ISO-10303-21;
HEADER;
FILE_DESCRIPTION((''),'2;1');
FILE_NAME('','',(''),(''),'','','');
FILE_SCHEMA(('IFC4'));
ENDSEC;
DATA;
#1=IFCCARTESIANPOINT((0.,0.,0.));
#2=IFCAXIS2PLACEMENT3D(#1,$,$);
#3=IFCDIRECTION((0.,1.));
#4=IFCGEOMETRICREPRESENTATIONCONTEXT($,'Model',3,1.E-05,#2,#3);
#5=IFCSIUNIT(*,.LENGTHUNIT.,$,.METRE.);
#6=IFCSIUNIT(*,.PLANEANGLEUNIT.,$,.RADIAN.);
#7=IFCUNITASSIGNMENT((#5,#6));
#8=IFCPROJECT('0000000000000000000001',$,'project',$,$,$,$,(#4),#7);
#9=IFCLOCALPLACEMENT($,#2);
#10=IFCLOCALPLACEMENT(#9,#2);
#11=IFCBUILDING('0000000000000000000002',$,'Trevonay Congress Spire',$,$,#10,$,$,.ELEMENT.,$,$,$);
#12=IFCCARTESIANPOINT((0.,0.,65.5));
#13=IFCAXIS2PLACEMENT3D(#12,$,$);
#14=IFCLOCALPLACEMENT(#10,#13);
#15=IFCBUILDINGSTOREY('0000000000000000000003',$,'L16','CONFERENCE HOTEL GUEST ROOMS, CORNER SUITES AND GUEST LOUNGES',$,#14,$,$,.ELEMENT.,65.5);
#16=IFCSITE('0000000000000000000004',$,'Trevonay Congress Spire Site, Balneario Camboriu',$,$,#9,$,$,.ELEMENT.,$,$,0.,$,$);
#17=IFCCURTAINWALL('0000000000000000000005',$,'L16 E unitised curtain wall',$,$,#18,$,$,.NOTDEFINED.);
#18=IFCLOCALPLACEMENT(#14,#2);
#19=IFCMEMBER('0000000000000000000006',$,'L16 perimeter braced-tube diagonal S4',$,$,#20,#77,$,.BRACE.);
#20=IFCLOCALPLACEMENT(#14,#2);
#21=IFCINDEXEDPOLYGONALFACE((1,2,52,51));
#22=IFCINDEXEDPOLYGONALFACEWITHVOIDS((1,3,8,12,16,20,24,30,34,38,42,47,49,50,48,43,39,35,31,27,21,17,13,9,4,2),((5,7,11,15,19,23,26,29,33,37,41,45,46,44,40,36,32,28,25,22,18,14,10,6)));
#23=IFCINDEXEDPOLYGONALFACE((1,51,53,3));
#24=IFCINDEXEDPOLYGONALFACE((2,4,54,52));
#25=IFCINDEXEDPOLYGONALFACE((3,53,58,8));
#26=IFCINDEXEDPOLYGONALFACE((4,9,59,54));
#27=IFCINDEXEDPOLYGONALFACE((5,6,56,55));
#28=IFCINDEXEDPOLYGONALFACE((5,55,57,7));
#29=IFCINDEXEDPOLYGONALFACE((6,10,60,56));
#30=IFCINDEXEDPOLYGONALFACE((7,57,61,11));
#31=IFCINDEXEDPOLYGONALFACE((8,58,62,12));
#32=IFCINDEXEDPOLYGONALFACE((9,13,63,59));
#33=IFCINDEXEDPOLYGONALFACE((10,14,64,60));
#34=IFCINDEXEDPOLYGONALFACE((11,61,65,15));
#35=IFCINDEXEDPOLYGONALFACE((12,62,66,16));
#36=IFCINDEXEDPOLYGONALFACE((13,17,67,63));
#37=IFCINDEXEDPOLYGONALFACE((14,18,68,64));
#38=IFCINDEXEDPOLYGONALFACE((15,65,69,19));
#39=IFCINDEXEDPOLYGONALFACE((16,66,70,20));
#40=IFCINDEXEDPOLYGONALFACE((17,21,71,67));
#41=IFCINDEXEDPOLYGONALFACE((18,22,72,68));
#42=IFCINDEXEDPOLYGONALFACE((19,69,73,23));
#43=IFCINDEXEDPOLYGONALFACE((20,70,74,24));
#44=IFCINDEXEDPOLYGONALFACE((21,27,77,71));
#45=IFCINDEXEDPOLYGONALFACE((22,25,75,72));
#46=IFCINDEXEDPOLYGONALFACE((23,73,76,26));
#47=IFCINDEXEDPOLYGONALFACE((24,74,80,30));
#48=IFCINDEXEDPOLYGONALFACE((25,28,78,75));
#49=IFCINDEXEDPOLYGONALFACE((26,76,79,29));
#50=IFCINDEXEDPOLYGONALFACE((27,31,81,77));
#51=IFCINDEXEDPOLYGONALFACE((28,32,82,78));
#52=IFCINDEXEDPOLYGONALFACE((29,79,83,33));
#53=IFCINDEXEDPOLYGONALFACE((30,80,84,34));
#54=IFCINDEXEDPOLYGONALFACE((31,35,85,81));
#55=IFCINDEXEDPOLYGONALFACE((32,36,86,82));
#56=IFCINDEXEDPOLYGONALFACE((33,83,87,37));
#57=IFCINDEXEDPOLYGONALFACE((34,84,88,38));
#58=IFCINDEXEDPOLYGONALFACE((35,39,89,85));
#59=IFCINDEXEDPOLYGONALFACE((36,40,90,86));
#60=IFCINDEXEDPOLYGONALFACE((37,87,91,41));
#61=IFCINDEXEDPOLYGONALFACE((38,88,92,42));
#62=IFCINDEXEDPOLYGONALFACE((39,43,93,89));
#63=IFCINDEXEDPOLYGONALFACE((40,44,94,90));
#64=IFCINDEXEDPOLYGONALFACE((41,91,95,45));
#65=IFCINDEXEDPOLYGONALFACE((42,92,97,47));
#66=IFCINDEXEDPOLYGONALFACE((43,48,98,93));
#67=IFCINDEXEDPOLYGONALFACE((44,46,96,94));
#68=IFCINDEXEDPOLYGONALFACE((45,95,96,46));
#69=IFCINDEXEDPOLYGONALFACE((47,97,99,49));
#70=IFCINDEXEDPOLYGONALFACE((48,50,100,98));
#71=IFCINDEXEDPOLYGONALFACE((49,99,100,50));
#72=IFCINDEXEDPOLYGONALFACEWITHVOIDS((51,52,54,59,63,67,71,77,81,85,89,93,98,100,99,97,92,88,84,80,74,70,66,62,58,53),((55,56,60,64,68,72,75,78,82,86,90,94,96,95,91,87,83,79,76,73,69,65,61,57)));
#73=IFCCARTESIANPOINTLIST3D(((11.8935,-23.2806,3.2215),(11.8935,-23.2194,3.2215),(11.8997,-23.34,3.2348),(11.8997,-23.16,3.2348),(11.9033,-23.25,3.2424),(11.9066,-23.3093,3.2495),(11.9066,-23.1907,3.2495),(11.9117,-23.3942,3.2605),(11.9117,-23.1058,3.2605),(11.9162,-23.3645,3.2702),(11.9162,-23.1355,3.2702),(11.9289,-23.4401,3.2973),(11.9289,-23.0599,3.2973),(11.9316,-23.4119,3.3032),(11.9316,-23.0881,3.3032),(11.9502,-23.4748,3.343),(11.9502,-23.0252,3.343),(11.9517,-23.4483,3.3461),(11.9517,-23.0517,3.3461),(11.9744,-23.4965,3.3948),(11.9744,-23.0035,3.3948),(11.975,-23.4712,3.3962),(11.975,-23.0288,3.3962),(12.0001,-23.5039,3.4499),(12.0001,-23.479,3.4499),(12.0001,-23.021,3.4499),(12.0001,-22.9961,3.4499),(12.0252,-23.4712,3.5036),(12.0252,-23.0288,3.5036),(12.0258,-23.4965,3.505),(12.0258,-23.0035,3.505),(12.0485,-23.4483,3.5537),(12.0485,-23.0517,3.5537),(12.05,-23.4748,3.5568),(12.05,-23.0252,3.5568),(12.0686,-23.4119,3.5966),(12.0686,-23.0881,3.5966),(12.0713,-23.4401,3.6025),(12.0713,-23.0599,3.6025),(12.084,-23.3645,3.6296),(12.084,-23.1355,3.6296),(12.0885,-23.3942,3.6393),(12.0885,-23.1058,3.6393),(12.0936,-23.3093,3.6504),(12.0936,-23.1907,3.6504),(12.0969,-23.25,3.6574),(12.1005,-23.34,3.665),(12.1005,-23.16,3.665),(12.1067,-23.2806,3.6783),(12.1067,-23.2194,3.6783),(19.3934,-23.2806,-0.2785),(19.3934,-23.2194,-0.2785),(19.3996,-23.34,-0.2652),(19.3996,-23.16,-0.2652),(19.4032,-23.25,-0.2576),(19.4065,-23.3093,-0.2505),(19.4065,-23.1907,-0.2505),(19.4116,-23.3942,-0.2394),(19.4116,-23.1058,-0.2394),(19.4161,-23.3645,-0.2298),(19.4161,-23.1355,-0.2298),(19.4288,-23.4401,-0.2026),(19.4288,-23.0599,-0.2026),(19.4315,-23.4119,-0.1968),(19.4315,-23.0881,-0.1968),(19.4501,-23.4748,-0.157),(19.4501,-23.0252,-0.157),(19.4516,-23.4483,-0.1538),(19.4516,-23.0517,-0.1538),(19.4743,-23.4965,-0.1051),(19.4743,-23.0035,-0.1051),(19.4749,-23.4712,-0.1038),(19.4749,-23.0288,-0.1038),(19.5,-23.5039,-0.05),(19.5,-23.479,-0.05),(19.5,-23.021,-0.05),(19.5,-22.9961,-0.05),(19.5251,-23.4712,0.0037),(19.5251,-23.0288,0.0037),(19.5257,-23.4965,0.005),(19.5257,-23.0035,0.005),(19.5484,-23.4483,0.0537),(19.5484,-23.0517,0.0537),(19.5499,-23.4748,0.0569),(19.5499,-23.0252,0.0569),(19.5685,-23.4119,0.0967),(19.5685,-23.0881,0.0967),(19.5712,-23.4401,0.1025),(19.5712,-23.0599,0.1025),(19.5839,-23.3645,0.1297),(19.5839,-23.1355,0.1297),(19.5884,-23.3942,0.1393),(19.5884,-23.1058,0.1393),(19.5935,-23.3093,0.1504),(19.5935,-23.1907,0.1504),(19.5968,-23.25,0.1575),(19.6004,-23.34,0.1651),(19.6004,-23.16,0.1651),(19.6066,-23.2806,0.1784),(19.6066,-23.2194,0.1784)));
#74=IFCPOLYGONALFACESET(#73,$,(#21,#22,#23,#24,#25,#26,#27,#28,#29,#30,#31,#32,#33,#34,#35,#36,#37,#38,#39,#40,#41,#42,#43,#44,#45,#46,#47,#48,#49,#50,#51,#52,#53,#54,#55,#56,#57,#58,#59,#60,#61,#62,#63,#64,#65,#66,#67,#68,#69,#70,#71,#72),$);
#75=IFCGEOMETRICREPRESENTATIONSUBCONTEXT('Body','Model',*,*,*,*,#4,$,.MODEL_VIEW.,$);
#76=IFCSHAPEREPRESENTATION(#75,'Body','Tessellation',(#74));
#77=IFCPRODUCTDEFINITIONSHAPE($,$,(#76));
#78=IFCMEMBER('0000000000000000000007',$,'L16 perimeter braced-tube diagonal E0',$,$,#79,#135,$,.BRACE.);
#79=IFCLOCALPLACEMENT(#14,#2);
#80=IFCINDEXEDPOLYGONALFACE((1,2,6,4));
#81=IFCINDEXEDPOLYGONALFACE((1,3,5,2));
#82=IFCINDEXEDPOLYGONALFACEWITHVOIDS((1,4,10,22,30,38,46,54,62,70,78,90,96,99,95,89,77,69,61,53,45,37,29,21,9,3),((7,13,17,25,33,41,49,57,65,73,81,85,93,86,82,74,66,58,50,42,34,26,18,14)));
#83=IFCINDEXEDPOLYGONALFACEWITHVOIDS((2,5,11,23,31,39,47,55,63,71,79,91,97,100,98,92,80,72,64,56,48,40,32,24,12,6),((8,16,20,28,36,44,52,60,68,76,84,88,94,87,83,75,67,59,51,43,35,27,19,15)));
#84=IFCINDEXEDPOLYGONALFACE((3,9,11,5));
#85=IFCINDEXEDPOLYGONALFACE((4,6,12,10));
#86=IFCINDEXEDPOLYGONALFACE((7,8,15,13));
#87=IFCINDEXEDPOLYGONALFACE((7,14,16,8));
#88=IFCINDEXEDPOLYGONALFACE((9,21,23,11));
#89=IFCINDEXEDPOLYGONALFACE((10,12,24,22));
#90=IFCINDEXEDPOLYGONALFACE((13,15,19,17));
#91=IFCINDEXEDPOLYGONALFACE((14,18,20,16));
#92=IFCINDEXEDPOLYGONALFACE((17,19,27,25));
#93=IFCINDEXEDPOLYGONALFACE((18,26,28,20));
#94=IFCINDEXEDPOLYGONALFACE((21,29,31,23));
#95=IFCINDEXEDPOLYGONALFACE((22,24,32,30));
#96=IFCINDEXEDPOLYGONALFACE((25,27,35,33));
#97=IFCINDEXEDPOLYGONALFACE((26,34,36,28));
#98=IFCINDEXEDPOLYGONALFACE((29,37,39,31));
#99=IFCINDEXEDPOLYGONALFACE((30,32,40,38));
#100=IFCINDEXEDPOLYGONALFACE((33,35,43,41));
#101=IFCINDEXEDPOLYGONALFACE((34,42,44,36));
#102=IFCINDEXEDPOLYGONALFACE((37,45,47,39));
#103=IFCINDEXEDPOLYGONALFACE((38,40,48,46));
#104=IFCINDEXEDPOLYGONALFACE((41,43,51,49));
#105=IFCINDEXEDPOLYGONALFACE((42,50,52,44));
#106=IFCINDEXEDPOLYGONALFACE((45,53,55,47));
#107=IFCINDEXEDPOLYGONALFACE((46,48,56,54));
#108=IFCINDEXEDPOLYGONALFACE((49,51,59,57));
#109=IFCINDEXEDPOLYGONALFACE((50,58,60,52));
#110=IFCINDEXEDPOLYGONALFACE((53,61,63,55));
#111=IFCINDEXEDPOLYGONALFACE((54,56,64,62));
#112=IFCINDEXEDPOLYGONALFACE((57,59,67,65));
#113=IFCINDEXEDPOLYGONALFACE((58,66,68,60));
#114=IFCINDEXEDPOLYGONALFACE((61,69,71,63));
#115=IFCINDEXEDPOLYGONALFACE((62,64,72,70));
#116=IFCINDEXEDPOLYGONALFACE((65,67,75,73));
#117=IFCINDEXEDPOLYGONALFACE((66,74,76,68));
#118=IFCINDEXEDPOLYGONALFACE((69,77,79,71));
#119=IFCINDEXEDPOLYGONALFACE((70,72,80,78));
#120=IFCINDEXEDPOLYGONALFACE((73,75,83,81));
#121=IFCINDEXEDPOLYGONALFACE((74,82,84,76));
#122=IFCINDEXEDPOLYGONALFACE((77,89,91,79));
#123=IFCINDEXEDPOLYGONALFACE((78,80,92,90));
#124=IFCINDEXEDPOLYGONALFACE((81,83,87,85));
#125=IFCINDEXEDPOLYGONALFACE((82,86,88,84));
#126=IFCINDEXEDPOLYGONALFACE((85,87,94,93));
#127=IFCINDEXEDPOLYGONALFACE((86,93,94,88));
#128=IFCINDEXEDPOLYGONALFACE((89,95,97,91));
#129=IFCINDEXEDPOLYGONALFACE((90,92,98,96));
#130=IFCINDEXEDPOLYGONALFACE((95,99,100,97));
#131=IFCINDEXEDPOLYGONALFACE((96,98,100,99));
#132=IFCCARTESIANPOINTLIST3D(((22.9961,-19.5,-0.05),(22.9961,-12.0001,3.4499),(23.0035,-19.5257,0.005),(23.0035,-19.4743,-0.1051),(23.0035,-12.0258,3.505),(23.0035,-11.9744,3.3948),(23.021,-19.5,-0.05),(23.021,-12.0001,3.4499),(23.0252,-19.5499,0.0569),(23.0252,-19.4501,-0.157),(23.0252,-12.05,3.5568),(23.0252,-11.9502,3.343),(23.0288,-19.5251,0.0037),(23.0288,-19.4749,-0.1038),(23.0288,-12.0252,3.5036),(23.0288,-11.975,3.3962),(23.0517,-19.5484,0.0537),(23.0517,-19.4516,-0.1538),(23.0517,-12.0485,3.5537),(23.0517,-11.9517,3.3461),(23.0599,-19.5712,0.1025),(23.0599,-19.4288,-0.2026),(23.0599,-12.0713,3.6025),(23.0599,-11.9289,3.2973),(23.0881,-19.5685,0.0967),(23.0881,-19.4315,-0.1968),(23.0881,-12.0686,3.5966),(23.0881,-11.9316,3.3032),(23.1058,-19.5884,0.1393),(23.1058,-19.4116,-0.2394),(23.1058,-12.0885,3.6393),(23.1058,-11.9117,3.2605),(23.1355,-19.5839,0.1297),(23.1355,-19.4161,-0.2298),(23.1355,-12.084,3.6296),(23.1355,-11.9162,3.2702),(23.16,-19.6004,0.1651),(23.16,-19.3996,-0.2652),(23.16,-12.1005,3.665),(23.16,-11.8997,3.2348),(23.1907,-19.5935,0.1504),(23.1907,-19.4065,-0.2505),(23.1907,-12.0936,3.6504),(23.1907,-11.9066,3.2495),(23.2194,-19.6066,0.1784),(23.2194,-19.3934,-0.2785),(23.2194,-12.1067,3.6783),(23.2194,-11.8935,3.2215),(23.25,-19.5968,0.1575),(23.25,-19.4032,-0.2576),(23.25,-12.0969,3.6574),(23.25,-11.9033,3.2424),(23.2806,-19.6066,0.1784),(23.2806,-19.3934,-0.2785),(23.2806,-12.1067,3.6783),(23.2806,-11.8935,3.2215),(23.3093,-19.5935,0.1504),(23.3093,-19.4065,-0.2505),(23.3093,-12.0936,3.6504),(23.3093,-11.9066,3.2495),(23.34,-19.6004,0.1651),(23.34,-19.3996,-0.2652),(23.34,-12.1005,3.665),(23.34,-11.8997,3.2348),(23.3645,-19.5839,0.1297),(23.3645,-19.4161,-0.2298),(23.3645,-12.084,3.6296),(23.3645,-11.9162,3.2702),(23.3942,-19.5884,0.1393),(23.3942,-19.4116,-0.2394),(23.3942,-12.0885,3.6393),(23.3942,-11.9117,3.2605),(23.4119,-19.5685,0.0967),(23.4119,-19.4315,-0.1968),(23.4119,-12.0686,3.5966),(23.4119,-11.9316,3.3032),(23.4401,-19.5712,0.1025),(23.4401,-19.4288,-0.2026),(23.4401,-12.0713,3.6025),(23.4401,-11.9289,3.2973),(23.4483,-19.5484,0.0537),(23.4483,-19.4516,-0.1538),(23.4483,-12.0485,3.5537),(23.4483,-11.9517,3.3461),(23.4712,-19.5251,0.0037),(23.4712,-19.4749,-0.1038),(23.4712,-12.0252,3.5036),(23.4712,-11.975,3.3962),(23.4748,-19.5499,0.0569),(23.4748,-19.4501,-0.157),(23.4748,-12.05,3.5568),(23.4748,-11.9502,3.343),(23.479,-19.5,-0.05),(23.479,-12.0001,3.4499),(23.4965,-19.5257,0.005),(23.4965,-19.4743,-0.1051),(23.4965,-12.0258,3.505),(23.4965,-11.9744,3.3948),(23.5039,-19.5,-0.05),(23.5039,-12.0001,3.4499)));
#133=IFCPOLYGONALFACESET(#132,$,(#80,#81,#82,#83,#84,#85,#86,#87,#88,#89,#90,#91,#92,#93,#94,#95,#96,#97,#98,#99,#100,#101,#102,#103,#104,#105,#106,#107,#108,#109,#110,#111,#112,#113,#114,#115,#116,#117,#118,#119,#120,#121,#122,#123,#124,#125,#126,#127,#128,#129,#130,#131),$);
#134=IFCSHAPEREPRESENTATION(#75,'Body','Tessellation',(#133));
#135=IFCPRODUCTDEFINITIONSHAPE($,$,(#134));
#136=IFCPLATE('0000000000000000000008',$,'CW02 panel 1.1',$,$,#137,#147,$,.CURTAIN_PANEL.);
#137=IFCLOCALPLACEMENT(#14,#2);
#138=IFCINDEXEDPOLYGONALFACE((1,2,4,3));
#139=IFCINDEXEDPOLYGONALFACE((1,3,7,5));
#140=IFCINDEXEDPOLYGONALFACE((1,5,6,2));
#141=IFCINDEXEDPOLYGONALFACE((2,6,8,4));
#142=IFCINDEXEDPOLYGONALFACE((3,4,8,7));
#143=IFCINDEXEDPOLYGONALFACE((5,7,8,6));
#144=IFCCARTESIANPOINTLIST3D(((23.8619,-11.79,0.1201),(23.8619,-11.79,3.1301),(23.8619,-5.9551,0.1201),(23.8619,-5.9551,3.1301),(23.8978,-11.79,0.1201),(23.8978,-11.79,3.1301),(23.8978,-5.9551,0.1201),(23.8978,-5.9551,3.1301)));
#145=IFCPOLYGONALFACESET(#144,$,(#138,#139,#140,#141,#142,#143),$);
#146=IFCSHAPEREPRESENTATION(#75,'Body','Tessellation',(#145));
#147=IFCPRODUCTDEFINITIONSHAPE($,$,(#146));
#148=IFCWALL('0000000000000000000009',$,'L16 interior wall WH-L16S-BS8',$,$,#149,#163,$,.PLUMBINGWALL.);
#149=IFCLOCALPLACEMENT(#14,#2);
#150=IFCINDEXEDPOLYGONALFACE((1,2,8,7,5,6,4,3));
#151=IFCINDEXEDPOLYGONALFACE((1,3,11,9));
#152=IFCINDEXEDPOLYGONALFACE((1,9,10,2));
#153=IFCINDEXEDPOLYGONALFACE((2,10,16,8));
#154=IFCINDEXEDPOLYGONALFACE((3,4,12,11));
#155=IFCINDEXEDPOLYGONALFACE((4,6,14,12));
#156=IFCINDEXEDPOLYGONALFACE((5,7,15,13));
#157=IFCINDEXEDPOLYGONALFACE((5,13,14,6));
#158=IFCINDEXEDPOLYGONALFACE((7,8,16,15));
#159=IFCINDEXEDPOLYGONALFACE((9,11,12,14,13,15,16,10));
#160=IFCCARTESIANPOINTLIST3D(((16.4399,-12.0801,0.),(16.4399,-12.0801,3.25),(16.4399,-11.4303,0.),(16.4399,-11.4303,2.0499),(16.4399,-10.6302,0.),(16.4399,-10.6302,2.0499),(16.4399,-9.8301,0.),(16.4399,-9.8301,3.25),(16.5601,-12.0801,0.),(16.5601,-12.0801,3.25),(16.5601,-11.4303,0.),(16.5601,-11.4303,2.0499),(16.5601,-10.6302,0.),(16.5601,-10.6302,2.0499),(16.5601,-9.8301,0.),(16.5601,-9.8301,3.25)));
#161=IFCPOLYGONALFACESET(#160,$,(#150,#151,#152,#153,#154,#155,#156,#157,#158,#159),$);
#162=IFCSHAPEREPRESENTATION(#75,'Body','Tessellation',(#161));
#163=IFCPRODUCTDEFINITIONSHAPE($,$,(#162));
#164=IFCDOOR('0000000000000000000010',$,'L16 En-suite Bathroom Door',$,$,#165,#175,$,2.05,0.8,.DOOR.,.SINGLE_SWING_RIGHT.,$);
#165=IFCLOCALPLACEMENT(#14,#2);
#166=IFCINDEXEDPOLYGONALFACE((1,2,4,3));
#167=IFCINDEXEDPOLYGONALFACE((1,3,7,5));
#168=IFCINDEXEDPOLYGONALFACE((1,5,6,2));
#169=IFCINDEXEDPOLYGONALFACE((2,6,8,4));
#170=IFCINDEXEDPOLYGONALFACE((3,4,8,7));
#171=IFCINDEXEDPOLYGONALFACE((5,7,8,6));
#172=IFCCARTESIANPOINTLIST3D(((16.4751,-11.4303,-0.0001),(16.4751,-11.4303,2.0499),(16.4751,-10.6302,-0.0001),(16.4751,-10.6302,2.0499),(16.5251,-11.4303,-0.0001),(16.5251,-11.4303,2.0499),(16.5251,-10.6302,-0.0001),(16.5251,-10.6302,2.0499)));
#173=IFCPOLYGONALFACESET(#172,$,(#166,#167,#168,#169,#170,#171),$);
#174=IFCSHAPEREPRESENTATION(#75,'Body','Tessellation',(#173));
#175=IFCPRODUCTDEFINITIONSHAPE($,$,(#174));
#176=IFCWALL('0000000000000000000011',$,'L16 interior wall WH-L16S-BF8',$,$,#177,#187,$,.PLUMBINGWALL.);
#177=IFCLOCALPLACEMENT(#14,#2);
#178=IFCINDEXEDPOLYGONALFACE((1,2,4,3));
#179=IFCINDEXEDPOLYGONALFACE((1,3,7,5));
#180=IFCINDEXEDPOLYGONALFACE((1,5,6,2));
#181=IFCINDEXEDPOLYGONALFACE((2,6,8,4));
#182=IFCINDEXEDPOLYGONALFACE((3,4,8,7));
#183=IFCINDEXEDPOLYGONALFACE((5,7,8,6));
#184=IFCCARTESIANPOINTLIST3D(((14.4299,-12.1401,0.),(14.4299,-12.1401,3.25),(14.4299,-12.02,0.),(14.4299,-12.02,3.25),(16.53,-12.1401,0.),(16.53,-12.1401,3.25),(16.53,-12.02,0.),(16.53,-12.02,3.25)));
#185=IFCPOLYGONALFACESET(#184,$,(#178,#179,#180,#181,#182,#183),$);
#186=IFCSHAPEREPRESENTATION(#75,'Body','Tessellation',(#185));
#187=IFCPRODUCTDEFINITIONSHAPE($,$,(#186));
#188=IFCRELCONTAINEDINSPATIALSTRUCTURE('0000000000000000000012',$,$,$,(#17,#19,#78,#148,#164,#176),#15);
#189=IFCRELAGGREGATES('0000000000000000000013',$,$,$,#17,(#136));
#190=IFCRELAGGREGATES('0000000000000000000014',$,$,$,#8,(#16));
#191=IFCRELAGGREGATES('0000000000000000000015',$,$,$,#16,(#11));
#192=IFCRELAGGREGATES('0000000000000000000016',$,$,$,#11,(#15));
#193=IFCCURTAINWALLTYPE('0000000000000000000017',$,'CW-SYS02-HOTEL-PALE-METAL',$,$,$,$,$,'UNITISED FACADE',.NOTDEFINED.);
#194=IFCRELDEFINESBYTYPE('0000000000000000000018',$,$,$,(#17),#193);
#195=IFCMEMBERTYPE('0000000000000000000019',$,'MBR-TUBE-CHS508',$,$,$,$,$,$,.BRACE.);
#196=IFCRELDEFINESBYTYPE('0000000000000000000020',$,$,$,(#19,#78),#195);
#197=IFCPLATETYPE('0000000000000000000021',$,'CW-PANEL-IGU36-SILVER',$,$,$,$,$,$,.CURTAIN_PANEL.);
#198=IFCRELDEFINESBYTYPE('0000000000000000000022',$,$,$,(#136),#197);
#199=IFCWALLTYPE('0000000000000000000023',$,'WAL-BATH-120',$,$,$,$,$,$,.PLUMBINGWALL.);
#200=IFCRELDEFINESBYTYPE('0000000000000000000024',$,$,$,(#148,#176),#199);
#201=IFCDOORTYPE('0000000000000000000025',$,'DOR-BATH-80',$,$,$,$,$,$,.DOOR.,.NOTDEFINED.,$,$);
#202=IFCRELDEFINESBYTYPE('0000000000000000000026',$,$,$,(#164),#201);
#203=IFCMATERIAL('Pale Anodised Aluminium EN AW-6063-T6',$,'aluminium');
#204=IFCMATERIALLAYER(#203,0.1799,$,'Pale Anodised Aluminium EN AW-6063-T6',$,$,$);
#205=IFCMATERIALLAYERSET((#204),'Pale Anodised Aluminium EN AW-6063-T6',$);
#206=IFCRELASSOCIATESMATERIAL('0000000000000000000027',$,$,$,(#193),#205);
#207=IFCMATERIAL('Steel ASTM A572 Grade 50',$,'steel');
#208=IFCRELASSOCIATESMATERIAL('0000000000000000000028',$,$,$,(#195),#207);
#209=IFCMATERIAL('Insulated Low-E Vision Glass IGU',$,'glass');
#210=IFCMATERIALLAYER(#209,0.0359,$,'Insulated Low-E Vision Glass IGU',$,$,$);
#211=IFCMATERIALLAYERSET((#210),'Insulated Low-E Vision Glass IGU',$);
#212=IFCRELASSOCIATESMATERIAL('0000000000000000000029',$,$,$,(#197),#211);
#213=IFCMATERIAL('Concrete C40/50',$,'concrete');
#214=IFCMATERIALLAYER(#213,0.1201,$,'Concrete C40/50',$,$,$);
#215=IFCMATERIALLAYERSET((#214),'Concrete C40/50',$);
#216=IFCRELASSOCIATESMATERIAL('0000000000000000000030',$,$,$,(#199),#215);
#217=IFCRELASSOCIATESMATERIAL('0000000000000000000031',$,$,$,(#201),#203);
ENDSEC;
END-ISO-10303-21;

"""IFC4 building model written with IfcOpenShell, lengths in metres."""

from ifc_helpers import new_model, si_unit, direction, frame, frame_2d, origin, origin_2d, place, context, subcontext, project, spatial, rectangle, hollow_circle, extrude, material, layer, layer_set, material_profile, profile_set, type_object, element, fill, aggregate, save


model = new_model("IFC4")

# Units and contexts
model_context = context("Model", 3, precision=1e-05, world=origin(), true_north=direction((0.0, 1.0)))
body_context = subcontext(model_context, "Body", "Model", "MODEL_VIEW")
ifc_project = project(units=[si_unit("LENGTHUNIT", "METRE"), si_unit("PLANEANGLEUNIT", "RADIAN")], contexts=[model_context])

# Site, building, storey
site_placement = place(None, origin())
site = spatial("IfcSite", under=ifc_project, at=site_placement, Name="Trevonay Congress Spire Site, Balneario Camboriu", CompositionType="ELEMENT", RefElevation=0.0)
building_placement = place(site_placement, origin())
building = spatial("IfcBuilding", under=site, at=building_placement, Name="Trevonay Congress Spire", CompositionType="ELEMENT")
storey_placement = place(building_placement, frame((0.0, 0.0, 65.5)))
storey = spatial("IfcBuildingStorey", under=building, at=storey_placement, Name="L16", Description="CONFERENCE HOTEL GUEST ROOMS, CORNER SUITES AND GUEST LOUNGES", CompositionType="ELEMENT", Elevation=65.5)

# Shared definitions
ifc_material_1 = material(Name="Steel ASTM A572 Grade 50", Category="steel")

# Curtain wall
ifc_material_2 = material(Name="Pale Anodised Aluminium EN AW-6063-T6", Category="aluminium")
ifc_layer_1 = layer(ifc_material_2, 0.1799, Name="Pale Anodised Aluminium EN AW-6063-T6")
ifc_layer_set_1 = layer_set([ifc_layer_1], Name="Pale Anodised Aluminium EN AW-6063-T6")
curtain_wall_type = type_object("IfcCurtainWallType", Name="CW-SYS02-HOTEL-PALE-METAL", ElementType="UNITISED FACADE", PredefinedType="NOTDEFINED", material=ifc_layer_set_1)
curtain_wall_placement = place(storey_placement, origin())
curtain_wall = element("IfcCurtainWall", 1, at=curtain_wall_placement, inside=storey, type_object=curtain_wall_type, Name="L16 E unitised curtain wall", PredefinedType="NOTDEFINED")

# Members
ifc_material_profile_1 = material_profile(ifc_material_1, hollow_circle(Radius=0.2539, WallThickness=0.0249, at=origin_2d()), Name="CHS 508x25")
ifc_profile_set_1 = profile_set([ifc_material_profile_1], Name="Steel ASTM A572 Grade 50")
member_type_1 = type_object("IfcMemberType", Name="MBR-TUBE-CHS508", PredefinedType="BRACE", material=ifc_profile_set_1)
for number, where, z_axis, x_axis, name in (
    (2, (19.5, -23.25, -0.05), (-0.906183, 0.0, 0.422885), (0.0, -1.0, 0.0), "L16 perimeter braced-tube diagonal S4"),
    (3, (23.25, -19.5, -0.05), (0.0, 0.906183, 0.422885), (-1.0, 0.0, 0.0), "L16 perimeter braced-tube diagonal E0"),
):
    element("IfcMember", number, at=place(storey_placement, frame(where, z_axis=z_axis, x_axis=x_axis)), inside=storey, type_object=member_type_1, Name=name, PredefinedType="BRACE", context=body_context, shape_type="SweptSolid", body=[
        extrude(hollow_circle(Radius=0.2539, WallThickness=0.0249, at=origin_2d()), origin(), (0.0, 0.0, 1.0), 8.2764),
    ])

# Plate
ifc_material_3 = material(Name="Insulated Low-E Vision Glass IGU", Category="glass")
ifc_layer_2 = layer(ifc_material_3, 0.0359, Name="Insulated Low-E Vision Glass IGU")
ifc_layer_set_2 = layer_set([ifc_layer_2], Name="Insulated Low-E Vision Glass IGU")
plate_type = type_object("IfcPlateType", Name="CW-PANEL-IGU36-SILVER", PredefinedType="CURTAIN_PANEL", material=ifc_layer_set_2)
plate_placement = place(storey_placement, frame((23.8799, -8.8726, 0.1201), z_axis=(0.0, 0.0, 1.0), x_axis=(0.0, 1.0, 0.0)))
plate = element("IfcPlate", 4, at=plate_placement, type_object=plate_type, Name="CW02 panel 1.1", PredefinedType="CURTAIN_PANEL", context=body_context, shape_type="SweptSolid", body=[
    extrude(rectangle(XDim=5.835, YDim=0.0359, at=origin_2d()), origin(), (0.0, 0.0, 1.0), 3.01),
])
aggregate(curtain_wall, [plate])

# Wall, opening, door
ifc_material_4 = material(Name="Concrete C40/50", Category="concrete")
ifc_layer_3 = layer(ifc_material_4, 0.1201, Name="Concrete C40/50")
ifc_layer_set_3 = layer_set([ifc_layer_3], Name="Concrete C40/50")
wall_type_1 = type_object("IfcWallType", Name="WAL-BATH-120", PredefinedType="PLUMBINGWALL", material=ifc_layer_set_3)
wall_1_placement = place(storey_placement, frame((16.5, -12.0801, 0.0), z_axis=(0.0, 0.0, 1.0), x_axis=(0.0, 1.0, 0.0)))
wall_1 = element("IfcWall", 5, at=wall_1_placement, inside=storey, type_object=wall_type_1, Name="L16 interior wall WH-L16S-BS8", PredefinedType="PLUMBINGWALL", context=body_context, shape_type="SweptSolid", body=[
    extrude(rectangle(XDim=2.25, YDim=0.1201, at=frame_2d((1.125, 0.0))), origin(), (0.0, 0.0, 1.0), 3.25),
])
opening_1_placement = place(wall_1_placement, frame((0.6499, 0.0, 0.0)))
opening_1 = element("IfcOpeningElement", 6, at=opening_1_placement, cuts=wall_1, PredefinedType="OPENING", context=body_context, shape_type="SweptSolid", body=[
    extrude(rectangle(XDim=0.8, YDim=2.05, at=frame_2d((0.3999, 1.0249))), frame((0.0, 0.0701, 0.0), z_axis=(0.0, -1.0, 0.0), x_axis=(1.0, 0.0, 0.0)), (0.0, 0.0, 1.0), 0.1401),
])
door_type = type_object("IfcDoorType", Name="DOR-BATH-80", OperationType="NOTDEFINED", PredefinedType="DOOR", material=ifc_material_2)
door_placement = place(opening_1_placement, origin())
door = element("IfcDoor", 7, at=door_placement, inside=storey, type_object=door_type, Name="L16 En-suite Bathroom Door", OperationType="SINGLE_SWING_RIGHT", OverallHeight=2.05, OverallWidth=0.8, PredefinedType="DOOR", context=body_context, shape_type="SweptSolid", body=[
    extrude(rectangle(XDim=0.8, YDim=2.05, at=frame_2d((0.3999, 1.0249))), frame((0.0, 0.0249, 0.0), z_axis=(0.0, -1.0, 0.0), x_axis=(1.0, 0.0, 0.0)), (0.0, 0.0, 1.0), 0.05),
])
fill(opening_1, door)

# Wall
wall_2_placement = place(storey_placement, frame((14.4299, -12.0801, 0.0), z_axis=(0.0, 0.0, 1.0), x_axis=(1.0, 0.0, 0.0)))
element("IfcWall", 8, at=wall_2_placement, inside=storey, type_object=wall_type_1, Name="L16 interior wall WH-L16S-BF8", PredefinedType="PLUMBINGWALL", context=body_context, shape_type="SweptSolid", body=[
    extrude(rectangle(XDim=2.1001, YDim=0.1201, at=frame_2d((1.05, 0.0))), origin(), (0.0, 0.0, 1.0), 3.25),
])

save(model, "model.ifc")
